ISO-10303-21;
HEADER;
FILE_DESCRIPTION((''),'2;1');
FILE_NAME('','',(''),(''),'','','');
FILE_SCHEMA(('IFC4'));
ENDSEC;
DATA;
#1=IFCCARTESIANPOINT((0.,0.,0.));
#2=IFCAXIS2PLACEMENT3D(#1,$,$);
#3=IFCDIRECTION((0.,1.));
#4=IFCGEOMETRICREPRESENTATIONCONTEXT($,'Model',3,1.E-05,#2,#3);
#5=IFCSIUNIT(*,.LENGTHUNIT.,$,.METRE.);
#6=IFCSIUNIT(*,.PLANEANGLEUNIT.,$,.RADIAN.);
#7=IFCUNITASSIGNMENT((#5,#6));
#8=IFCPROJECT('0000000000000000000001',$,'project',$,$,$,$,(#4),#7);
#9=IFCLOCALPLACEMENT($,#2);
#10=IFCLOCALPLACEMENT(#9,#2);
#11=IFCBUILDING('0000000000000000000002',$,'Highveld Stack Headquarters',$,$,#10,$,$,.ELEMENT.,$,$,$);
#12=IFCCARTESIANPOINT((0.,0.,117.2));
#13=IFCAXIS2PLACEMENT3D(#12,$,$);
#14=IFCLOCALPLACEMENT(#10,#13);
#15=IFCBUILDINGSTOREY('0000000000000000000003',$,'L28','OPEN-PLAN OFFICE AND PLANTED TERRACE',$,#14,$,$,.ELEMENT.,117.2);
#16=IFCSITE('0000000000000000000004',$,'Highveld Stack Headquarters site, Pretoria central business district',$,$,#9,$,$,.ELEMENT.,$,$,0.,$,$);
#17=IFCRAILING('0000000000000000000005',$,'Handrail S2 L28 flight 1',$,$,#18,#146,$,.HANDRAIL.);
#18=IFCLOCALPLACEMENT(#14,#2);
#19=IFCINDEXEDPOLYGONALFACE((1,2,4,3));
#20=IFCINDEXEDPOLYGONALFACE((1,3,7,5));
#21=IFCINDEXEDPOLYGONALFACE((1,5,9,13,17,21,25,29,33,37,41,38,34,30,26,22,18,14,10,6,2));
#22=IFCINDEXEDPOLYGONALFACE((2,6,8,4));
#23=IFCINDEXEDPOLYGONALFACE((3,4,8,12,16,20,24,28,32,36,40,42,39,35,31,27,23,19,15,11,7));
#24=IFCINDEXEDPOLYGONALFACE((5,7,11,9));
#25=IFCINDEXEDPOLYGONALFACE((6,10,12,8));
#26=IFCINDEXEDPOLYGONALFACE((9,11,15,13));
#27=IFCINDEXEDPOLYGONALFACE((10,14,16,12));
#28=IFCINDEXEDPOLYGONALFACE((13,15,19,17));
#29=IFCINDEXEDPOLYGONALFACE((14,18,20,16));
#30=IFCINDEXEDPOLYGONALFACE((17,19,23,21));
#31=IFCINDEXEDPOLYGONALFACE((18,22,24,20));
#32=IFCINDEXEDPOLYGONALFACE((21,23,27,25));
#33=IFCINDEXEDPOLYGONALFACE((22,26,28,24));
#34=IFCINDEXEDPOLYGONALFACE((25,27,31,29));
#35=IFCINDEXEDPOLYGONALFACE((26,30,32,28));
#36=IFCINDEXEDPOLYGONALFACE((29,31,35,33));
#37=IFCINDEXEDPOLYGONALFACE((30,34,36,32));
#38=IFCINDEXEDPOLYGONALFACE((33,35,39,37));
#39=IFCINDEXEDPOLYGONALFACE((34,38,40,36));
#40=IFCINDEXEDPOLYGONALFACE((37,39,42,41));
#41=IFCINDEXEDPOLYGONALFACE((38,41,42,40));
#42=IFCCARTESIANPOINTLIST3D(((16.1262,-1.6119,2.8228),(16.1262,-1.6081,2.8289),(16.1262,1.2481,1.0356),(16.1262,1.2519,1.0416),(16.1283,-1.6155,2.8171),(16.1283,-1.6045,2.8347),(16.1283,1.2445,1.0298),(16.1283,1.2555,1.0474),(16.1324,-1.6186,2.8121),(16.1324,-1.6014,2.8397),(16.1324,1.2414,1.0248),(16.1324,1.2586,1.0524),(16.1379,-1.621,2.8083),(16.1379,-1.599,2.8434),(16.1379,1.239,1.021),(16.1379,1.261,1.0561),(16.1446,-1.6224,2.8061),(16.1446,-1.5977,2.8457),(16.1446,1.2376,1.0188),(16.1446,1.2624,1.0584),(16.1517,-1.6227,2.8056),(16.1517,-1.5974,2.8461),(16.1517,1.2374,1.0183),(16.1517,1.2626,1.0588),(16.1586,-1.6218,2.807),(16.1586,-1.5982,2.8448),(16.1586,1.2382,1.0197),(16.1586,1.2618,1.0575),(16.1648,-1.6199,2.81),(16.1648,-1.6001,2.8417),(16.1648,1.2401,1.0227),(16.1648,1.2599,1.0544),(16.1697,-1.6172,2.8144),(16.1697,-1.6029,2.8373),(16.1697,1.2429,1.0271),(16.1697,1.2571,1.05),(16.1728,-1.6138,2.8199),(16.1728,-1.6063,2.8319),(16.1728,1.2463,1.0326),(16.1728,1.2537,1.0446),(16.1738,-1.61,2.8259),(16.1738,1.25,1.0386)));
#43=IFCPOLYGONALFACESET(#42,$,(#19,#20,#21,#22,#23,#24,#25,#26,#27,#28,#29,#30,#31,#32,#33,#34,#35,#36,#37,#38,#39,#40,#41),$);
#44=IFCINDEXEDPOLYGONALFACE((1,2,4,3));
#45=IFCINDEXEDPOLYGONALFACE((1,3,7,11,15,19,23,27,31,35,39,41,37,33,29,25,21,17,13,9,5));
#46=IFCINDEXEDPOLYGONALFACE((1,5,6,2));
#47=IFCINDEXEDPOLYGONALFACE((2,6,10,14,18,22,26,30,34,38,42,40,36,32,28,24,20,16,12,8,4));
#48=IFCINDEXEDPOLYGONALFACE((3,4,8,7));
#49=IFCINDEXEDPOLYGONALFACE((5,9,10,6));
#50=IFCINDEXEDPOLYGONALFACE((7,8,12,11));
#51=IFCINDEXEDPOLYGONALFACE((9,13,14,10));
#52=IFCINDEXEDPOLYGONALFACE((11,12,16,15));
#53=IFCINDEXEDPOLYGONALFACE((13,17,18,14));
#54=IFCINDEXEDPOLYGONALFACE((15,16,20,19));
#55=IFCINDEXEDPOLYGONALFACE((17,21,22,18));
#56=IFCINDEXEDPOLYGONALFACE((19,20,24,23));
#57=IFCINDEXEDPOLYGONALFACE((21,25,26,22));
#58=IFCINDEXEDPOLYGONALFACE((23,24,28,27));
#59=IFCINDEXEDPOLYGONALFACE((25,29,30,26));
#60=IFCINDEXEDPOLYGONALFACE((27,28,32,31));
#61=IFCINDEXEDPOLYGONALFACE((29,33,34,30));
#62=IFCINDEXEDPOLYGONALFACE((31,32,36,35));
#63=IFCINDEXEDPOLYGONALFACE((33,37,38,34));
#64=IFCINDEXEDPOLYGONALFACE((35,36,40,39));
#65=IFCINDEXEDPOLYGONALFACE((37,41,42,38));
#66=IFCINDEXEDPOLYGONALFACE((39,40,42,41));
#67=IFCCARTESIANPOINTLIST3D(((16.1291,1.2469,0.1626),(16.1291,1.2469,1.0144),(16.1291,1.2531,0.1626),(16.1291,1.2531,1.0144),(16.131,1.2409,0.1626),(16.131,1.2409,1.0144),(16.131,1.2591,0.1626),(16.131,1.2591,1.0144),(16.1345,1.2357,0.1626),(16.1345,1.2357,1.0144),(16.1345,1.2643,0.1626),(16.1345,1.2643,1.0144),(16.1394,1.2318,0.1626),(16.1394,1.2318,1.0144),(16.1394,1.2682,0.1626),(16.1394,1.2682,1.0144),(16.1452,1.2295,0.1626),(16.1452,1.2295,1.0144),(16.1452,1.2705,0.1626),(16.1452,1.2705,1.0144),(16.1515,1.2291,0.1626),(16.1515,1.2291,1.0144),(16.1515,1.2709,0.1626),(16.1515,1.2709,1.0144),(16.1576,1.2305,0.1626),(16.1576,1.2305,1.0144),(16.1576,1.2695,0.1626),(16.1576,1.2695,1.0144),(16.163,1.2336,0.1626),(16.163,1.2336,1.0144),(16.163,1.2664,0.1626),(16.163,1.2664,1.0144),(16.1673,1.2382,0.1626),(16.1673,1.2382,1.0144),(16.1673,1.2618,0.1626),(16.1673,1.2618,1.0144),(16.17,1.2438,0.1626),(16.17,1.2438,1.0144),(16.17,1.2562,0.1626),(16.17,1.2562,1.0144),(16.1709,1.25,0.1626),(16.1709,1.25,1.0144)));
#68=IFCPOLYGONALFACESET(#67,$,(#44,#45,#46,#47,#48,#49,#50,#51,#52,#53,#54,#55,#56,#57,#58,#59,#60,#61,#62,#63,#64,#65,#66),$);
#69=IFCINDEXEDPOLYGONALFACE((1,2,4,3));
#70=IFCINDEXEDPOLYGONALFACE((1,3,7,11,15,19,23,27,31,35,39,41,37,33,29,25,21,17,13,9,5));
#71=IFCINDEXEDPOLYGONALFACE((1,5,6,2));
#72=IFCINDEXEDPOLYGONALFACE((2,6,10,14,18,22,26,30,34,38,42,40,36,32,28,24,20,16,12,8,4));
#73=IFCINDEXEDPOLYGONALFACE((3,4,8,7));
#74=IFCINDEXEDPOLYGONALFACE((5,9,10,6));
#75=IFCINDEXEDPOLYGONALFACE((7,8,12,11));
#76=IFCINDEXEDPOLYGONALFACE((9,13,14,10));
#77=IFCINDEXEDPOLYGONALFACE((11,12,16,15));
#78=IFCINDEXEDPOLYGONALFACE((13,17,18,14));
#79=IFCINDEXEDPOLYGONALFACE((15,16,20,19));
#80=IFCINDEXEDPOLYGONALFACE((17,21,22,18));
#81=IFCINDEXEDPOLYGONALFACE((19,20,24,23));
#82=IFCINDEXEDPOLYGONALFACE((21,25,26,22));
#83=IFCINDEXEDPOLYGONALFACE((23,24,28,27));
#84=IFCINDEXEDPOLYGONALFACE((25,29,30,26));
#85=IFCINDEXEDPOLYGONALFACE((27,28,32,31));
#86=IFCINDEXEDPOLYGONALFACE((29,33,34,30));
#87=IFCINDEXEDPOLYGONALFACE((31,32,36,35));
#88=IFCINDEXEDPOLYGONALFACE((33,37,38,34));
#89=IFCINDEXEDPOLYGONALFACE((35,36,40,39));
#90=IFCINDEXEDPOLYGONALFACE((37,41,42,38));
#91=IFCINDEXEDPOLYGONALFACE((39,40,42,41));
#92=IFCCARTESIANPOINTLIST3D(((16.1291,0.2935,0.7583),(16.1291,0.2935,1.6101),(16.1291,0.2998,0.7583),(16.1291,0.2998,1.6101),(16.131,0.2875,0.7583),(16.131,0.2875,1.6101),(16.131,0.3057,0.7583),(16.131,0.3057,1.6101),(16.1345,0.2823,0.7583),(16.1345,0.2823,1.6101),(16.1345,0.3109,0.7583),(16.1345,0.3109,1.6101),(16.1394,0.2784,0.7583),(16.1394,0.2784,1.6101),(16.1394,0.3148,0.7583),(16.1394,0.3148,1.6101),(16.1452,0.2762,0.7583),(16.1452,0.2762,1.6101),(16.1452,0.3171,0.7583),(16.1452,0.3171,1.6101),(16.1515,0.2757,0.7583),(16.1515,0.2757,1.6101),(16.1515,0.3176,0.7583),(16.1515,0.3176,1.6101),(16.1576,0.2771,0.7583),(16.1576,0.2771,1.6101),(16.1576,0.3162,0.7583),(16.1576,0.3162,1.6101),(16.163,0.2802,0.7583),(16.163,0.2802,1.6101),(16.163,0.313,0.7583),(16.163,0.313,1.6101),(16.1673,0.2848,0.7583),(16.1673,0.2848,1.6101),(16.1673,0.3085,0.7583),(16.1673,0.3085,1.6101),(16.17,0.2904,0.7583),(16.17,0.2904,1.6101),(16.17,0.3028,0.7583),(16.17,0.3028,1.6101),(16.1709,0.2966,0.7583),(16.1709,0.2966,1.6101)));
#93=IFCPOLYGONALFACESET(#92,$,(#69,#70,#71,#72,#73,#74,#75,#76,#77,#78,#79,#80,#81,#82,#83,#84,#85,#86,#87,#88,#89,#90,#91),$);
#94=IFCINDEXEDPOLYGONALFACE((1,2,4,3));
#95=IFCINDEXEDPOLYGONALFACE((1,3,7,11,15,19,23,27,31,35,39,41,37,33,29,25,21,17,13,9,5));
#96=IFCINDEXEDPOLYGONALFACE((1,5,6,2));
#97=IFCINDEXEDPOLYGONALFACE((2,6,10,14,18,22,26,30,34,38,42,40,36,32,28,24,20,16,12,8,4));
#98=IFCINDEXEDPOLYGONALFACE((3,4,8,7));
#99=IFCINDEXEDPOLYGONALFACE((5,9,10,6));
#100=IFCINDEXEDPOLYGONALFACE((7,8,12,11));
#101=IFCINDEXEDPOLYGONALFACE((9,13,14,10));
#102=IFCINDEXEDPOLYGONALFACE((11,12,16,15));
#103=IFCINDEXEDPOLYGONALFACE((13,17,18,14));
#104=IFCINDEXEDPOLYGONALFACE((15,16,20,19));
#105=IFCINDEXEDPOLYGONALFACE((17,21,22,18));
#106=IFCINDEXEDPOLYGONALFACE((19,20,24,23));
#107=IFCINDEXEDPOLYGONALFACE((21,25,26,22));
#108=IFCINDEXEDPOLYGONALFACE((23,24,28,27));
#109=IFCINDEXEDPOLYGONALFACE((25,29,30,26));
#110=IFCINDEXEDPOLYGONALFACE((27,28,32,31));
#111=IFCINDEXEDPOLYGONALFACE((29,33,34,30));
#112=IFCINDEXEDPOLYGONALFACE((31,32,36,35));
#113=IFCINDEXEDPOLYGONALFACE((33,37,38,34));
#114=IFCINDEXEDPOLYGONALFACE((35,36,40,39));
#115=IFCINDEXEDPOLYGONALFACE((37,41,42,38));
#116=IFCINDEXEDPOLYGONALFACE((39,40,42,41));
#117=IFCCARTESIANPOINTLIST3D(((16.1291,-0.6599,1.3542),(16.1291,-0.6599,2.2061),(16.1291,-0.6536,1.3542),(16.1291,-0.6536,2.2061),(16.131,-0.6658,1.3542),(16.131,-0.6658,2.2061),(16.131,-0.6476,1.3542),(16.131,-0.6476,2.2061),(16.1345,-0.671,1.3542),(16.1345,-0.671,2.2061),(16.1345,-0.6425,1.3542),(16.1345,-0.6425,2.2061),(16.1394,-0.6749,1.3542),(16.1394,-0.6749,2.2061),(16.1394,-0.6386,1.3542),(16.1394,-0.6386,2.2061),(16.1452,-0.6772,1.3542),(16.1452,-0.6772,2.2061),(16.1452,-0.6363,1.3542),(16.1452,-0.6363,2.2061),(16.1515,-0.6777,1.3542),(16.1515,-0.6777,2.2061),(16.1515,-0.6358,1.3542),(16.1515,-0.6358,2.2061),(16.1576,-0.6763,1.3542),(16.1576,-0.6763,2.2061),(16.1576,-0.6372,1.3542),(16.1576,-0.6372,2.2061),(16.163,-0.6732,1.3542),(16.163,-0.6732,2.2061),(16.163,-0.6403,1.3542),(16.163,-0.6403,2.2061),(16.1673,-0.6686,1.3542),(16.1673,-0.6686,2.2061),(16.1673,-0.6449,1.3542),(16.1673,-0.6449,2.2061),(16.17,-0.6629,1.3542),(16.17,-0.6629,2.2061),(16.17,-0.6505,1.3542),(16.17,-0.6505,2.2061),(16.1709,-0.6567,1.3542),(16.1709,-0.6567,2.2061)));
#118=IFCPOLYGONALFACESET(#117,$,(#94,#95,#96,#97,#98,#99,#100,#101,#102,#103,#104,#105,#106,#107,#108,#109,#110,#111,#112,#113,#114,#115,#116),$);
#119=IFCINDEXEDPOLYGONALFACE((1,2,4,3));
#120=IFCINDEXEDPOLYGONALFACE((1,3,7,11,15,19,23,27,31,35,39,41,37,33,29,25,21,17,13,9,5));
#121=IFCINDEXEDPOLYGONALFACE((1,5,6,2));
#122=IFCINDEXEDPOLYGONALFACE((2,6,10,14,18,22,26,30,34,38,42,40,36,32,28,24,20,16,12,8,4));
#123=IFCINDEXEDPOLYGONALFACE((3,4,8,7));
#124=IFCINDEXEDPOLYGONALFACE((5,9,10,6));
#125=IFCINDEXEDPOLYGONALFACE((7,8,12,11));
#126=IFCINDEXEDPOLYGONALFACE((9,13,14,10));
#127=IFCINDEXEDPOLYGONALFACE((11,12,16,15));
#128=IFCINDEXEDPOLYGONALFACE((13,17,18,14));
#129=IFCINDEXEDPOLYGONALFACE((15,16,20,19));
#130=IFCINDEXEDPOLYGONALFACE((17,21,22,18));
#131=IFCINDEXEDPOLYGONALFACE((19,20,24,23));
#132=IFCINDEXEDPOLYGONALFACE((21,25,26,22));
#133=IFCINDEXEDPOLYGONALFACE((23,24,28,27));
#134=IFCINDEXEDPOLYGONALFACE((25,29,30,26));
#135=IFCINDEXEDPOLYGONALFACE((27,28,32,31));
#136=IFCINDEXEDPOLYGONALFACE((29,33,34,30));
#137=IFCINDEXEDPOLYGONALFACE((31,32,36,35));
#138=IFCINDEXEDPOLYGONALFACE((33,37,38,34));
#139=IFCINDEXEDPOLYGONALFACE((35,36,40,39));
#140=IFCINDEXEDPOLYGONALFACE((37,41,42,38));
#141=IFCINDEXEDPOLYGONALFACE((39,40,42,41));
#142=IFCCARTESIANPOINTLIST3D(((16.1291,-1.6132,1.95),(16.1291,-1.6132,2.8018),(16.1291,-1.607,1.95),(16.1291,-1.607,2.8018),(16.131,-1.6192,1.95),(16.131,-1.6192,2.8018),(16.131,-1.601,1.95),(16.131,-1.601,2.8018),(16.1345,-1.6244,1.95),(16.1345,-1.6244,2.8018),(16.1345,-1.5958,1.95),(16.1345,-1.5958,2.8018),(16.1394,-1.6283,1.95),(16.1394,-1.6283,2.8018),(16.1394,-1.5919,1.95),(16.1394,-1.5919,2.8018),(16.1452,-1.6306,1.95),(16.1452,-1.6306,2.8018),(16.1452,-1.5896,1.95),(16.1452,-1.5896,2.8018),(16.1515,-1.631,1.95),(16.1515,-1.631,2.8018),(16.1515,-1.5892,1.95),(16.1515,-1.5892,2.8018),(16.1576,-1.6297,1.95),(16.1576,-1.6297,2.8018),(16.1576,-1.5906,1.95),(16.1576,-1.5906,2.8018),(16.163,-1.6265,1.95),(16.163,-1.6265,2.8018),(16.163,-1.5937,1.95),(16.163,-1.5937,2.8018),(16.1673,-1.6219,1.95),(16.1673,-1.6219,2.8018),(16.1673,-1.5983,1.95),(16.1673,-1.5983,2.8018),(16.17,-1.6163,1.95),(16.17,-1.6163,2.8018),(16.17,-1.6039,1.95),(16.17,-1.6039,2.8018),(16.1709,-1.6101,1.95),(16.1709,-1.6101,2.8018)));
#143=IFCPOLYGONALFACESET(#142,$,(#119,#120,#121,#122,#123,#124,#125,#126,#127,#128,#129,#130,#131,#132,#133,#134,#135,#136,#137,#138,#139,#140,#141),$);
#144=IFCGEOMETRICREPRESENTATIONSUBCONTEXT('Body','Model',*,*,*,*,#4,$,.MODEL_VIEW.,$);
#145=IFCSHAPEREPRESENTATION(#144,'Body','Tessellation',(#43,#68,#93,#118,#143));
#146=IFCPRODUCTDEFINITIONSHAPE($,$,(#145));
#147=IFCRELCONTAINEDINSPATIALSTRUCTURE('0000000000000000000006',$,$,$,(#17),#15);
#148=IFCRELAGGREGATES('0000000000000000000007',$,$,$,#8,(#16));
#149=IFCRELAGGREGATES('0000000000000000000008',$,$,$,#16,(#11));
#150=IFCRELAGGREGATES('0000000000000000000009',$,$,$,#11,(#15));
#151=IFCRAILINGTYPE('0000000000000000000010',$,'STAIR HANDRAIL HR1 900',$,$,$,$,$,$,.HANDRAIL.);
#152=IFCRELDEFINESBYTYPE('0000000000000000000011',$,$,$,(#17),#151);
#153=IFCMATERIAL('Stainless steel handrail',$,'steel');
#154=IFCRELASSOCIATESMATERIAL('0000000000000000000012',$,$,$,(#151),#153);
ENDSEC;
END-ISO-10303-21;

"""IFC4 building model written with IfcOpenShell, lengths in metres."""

from ifc_helpers import new_model, si_unit, direction, frame, origin, origin_2d, place, context, subcontext, project, spatial, circle, extrude, material, type_object, element, save


model = new_model("IFC4")

# Units and contexts
model_context = context("Model", 3, precision=1e-05, world=origin(), true_north=direction((0.0, 1.0)))
body_context = subcontext(model_context, "Body", "Model", "MODEL_VIEW")
ifc_project = project(units=[si_unit("LENGTHUNIT", "METRE"), si_unit("PLANEANGLEUNIT", "RADIAN")], contexts=[model_context])

# Site, building, storey
site_placement = place(None, origin())
site = spatial("IfcSite", under=ifc_project, at=site_placement, Name="Highveld Stack Headquarters site, Pretoria central business district", CompositionType="ELEMENT", RefElevation=0.0)
building_placement = place(site_placement, origin())
building = spatial("IfcBuilding", under=site, at=building_placement, Name="Highveld Stack Headquarters", CompositionType="ELEMENT")
storey_placement = place(building_placement, frame((0.0, 0.0, 117.2)))
storey = spatial("IfcBuildingStorey", under=building, at=storey_placement, Name="L28", Description="OPEN-PLAN OFFICE AND PLANTED TERRACE", CompositionType="ELEMENT", Elevation=117.2)

# Railing
ifc_material_1 = material(Name="Stainless steel handrail", Category="steel")
railing_type = type_object("IfcRailingType", Name="STAIR HANDRAIL HR1 900", PredefinedType="HANDRAIL", material=ifc_material_1)
for number, where, name in (
    (1, (16.1499, 1.25, 0.1626), "Handrail S2 L28 flight 1"),
):
    element("IfcRailing", number, at=place(storey_placement, frame(where)), inside=storey, type_object=railing_type, Name=name, PredefinedType="HANDRAIL", context=body_context, shape_type="SweptSolid", body=[
        extrude(circle(Radius=0.0239, at=origin_2d()), frame((0.0, 0.0, 0.876), z_axis=(0.0, -0.848027, 0.529953), x_axis=(1.0, 0.0, 0.0)), (0.0, 0.0, 1.0), 3.3726),
        extrude(circle(Radius=0.021, at=origin_2d()), origin(), (0.0, 0.0, 1.0), 0.8518),
        extrude(circle(Radius=0.021, at=origin_2d()), frame((0.0, -0.9534, 0.5957)), (0.0, 0.0, 1.0), 0.8518),
        extrude(circle(Radius=0.021, at=origin_2d()), frame((0.0, -1.9067, 1.1917)), (0.0, 0.0, 1.0), 0.8518),
        extrude(circle(Radius=0.021, at=origin_2d()), frame((0.0, -2.8601, 1.7874)), (0.0, 0.0, 1.0), 0.8518),
    ])

save(model, "model.ifc")
